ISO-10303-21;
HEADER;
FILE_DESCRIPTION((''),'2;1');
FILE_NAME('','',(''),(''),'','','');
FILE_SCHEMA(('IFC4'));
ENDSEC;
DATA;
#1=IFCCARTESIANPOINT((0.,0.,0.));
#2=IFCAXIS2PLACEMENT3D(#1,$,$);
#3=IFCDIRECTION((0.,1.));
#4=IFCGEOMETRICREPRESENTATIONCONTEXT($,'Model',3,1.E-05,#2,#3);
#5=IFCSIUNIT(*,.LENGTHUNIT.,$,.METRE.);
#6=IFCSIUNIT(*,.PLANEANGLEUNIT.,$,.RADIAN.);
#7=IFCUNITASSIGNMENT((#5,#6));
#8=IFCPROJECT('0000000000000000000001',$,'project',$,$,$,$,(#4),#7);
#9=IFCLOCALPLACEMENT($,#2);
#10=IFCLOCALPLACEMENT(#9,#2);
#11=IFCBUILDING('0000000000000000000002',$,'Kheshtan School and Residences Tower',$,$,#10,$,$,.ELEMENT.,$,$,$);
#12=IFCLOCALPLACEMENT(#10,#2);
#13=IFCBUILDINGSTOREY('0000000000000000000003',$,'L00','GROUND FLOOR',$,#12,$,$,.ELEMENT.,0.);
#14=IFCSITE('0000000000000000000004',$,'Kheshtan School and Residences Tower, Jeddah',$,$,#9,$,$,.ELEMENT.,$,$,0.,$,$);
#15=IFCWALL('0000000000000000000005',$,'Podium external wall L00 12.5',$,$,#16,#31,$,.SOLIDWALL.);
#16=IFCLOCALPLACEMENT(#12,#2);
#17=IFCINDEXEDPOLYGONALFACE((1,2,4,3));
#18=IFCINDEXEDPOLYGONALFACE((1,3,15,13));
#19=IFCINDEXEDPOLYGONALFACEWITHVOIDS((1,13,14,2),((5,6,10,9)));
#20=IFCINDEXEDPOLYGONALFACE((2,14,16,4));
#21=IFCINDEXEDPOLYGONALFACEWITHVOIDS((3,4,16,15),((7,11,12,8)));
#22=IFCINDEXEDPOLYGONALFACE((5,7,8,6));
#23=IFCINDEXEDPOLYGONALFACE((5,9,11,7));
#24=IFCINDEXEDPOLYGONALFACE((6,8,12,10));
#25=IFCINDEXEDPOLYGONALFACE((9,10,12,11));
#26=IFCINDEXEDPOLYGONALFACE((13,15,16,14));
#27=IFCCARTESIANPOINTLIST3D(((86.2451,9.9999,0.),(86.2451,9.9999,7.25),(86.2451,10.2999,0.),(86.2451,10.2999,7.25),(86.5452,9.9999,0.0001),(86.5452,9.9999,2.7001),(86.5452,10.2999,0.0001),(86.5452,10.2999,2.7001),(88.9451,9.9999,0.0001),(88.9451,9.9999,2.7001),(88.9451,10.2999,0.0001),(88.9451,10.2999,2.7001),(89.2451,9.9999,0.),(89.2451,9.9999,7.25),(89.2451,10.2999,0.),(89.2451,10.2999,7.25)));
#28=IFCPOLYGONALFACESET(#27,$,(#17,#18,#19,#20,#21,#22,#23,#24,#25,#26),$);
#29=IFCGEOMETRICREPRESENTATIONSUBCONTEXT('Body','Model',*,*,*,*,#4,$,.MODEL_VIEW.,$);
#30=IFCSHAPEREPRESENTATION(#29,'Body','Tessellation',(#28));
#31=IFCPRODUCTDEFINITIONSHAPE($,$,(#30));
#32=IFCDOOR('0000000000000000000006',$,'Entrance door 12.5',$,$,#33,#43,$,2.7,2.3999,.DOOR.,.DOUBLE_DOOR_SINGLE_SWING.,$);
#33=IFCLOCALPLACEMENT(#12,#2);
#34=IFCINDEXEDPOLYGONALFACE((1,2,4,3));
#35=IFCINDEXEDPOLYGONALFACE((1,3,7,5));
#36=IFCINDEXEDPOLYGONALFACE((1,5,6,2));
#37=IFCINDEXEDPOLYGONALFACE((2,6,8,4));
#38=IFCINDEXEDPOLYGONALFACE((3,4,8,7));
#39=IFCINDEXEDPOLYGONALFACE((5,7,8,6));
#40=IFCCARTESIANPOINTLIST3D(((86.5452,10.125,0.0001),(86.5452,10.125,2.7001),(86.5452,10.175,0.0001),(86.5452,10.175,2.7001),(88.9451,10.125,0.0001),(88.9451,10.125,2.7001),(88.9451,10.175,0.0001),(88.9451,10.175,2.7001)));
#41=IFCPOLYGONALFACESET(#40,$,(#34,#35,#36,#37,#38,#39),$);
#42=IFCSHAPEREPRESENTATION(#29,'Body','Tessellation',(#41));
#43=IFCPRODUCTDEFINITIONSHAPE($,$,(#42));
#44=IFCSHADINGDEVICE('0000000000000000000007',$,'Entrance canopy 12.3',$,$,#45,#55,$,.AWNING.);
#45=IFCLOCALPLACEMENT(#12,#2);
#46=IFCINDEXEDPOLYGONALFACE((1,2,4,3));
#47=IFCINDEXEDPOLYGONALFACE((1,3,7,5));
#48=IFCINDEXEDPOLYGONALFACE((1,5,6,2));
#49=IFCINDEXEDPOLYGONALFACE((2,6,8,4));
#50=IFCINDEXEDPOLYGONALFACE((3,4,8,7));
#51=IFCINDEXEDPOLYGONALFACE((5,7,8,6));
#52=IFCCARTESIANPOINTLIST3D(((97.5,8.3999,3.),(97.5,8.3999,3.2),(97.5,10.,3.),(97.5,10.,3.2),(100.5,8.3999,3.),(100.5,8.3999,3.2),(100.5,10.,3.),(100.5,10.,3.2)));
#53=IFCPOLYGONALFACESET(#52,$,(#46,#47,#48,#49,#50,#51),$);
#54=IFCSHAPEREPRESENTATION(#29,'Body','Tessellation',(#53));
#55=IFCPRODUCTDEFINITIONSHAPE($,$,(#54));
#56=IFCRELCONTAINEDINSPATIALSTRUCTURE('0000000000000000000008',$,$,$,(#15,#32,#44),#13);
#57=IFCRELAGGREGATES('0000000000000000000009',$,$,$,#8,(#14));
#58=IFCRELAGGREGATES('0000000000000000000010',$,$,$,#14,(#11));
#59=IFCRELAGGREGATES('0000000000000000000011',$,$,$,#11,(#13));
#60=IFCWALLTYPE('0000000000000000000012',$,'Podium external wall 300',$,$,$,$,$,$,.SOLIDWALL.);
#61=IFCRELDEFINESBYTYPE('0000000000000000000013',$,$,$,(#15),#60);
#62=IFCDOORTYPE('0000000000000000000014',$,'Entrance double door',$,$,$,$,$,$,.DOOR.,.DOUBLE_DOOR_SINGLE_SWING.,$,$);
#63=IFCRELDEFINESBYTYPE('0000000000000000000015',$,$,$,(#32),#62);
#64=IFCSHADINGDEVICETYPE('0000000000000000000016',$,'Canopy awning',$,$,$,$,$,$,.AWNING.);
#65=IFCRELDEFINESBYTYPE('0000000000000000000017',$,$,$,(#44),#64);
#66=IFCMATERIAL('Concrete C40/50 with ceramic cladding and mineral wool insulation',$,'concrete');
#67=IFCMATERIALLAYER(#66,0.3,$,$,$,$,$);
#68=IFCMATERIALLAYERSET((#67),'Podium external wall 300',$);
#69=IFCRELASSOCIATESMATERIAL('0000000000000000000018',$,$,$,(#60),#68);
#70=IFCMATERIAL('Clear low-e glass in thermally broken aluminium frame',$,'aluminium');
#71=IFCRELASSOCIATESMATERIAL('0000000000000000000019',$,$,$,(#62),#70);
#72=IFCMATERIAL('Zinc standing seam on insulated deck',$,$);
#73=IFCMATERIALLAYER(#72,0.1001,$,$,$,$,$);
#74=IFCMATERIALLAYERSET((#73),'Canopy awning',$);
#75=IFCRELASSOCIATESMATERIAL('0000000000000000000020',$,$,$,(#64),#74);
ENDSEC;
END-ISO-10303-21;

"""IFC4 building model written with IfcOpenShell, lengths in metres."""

from ifc_helpers import new_model, si_unit, direction, frame, frame_2d, origin, origin_2d, place, context, subcontext, project, spatial, rectangle, extrude, source, transform, mapped, material, layer, layer_set, type_object, element, fill, save


model = new_model("IFC4")

# Units and contexts
model_context = context("Model", 3, precision=1e-05, world=origin(), true_north=direction((0.0, 1.0)))
body_context = subcontext(model_context, "Body", "Model", "MODEL_VIEW")
ifc_project = project(units=[si_unit("LENGTHUNIT", "METRE"), si_unit("PLANEANGLEUNIT", "RADIAN")], contexts=[model_context])

# Site, building, storey
site_placement = place(None, origin())
site = spatial("IfcSite", under=ifc_project, at=site_placement, Name="Kheshtan School and Residences Tower, Jeddah", CompositionType="ELEMENT", RefElevation=0.0)
building_placement = place(site_placement, origin())
building = spatial("IfcBuilding", under=site, at=building_placement, Name="Kheshtan School and Residences Tower", CompositionType="ELEMENT")
storey_placement = place(building_placement, origin())
storey = spatial("IfcBuildingStorey", under=building, at=storey_placement, Name="L00", Description="GROUND FLOOR", CompositionType="ELEMENT", Elevation=0.0)

# Shared definitions
ifc_material_1 = material(Name="Clear low-e glass in thermally broken aluminium frame", Category="aluminium")

# Wall, opening, door
ifc_material_2 = material(Name="Concrete C40/50 with ceramic cladding and mineral wool insulation", Category="concrete")
ifc_layer_1 = layer(ifc_material_2, 0.3)
ifc_layer_set_1 = layer_set([ifc_layer_1], Name="Podium external wall 300")
wall_type_1 = type_object("IfcWallType", Name="Podium external wall 300", PredefinedType="SOLIDWALL", material=ifc_layer_set_1)
door_type_1 = type_object("IfcDoorType", Name="Entrance double door", OperationType="DOUBLE_DOOR_SINGLE_SWING", PredefinedType="DOOR", material=ifc_material_1)
shared_shape_1 = source(origin(), body_context, "Body", "SweptSolid", [
    extrude(rectangle(XDim=2.3999, YDim=2.7, at=frame_2d((1.2, 1.3501))), frame((0.0, 0.0249, 0.0), z_axis=(0.0, -1.0, 0.0), x_axis=(1.0, 0.0, 0.0)), (0.0, 0.0, 1.0), 0.05),
])
wall_1_placement = place(storey_placement, frame((89.2451, 10.1499, 0.0), z_axis=(0.0, 0.0, 1.0), x_axis=(-1.0, 0.0, 0.0)))
wall_1 = element("IfcWall", 1, at=wall_1_placement, inside=storey, type_object=wall_type_1, Name="Podium external wall L00 12.5", PredefinedType="SOLIDWALL", context=body_context, shape_type="SweptSolid", body=[
    extrude(rectangle(XDim=3.0, YDim=0.3, at=frame_2d((1.5, 0.0))), origin(), (0.0, 0.0, 1.0), 7.25),
])
opening_1_placement = place(wall_1_placement, frame((0.3, 0.0, 0.0)))
opening_1 = element("IfcOpeningElement", 2, at=opening_1_placement, cuts=wall_1, PredefinedType="OPENING", context=body_context, shape_type="SweptSolid", body=[
    extrude(rectangle(XDim=2.3999, YDim=2.7, at=frame_2d((1.2, 1.3501))), frame((0.0, 0.1602, 0.0), z_axis=(0.0, -1.0, 0.0), x_axis=(1.0, 0.0, 0.0)), (0.0, 0.0, 1.0), 0.3201),
])
door_1_placement = place(opening_1_placement, origin())
door_1 = element("IfcDoor", 3, at=door_1_placement, inside=storey, type_object=door_type_1, Name="Entrance door 12.5", OperationType="DOUBLE_DOOR_SINGLE_SWING", OverallHeight=2.7, OverallWidth=2.3999, PredefinedType="DOOR", context=body_context, shape_type="MappedRepresentation", body=[
    mapped(shared_shape_1, transform((0.0, 0.0, 0.0), x_axis=(1.0, 0.0, 0.0), y_axis=(0.0, 1.0, 0.0), z_axis=(0.0, 0.0, 1.0), scale=1.0)),
])
fill(opening_1, door_1)

# Shading device
ifc_material_3 = material(Name="Zinc standing seam on insulated deck")
ifc_layer_2 = layer(ifc_material_3, 0.1001)
ifc_layer_set_2 = layer_set([ifc_layer_2], Name="Canopy awning")
shading_device_type = type_object("IfcShadingDeviceType", Name="Canopy awning", PredefinedType="AWNING", material=ifc_layer_set_2)
shading_device_placement = place(storey_placement, frame((99.0, 9.2, 3.0), z_axis=(0.0, 0.0, 1.0), x_axis=(-1.0, 0.0, 0.0)))
element("IfcShadingDevice", 4, at=shading_device_placement, inside=storey, type_object=shading_device_type, Name="Entrance canopy 12.3", PredefinedType="AWNING", context=body_context, shape_type="SweptSolid", body=[
    extrude(rectangle(XDim=3.0, YDim=1.6001, at=origin_2d()), origin(), (0.0, 0.0, 1.0), 0.2),
])

save(model, "model.ifc")
